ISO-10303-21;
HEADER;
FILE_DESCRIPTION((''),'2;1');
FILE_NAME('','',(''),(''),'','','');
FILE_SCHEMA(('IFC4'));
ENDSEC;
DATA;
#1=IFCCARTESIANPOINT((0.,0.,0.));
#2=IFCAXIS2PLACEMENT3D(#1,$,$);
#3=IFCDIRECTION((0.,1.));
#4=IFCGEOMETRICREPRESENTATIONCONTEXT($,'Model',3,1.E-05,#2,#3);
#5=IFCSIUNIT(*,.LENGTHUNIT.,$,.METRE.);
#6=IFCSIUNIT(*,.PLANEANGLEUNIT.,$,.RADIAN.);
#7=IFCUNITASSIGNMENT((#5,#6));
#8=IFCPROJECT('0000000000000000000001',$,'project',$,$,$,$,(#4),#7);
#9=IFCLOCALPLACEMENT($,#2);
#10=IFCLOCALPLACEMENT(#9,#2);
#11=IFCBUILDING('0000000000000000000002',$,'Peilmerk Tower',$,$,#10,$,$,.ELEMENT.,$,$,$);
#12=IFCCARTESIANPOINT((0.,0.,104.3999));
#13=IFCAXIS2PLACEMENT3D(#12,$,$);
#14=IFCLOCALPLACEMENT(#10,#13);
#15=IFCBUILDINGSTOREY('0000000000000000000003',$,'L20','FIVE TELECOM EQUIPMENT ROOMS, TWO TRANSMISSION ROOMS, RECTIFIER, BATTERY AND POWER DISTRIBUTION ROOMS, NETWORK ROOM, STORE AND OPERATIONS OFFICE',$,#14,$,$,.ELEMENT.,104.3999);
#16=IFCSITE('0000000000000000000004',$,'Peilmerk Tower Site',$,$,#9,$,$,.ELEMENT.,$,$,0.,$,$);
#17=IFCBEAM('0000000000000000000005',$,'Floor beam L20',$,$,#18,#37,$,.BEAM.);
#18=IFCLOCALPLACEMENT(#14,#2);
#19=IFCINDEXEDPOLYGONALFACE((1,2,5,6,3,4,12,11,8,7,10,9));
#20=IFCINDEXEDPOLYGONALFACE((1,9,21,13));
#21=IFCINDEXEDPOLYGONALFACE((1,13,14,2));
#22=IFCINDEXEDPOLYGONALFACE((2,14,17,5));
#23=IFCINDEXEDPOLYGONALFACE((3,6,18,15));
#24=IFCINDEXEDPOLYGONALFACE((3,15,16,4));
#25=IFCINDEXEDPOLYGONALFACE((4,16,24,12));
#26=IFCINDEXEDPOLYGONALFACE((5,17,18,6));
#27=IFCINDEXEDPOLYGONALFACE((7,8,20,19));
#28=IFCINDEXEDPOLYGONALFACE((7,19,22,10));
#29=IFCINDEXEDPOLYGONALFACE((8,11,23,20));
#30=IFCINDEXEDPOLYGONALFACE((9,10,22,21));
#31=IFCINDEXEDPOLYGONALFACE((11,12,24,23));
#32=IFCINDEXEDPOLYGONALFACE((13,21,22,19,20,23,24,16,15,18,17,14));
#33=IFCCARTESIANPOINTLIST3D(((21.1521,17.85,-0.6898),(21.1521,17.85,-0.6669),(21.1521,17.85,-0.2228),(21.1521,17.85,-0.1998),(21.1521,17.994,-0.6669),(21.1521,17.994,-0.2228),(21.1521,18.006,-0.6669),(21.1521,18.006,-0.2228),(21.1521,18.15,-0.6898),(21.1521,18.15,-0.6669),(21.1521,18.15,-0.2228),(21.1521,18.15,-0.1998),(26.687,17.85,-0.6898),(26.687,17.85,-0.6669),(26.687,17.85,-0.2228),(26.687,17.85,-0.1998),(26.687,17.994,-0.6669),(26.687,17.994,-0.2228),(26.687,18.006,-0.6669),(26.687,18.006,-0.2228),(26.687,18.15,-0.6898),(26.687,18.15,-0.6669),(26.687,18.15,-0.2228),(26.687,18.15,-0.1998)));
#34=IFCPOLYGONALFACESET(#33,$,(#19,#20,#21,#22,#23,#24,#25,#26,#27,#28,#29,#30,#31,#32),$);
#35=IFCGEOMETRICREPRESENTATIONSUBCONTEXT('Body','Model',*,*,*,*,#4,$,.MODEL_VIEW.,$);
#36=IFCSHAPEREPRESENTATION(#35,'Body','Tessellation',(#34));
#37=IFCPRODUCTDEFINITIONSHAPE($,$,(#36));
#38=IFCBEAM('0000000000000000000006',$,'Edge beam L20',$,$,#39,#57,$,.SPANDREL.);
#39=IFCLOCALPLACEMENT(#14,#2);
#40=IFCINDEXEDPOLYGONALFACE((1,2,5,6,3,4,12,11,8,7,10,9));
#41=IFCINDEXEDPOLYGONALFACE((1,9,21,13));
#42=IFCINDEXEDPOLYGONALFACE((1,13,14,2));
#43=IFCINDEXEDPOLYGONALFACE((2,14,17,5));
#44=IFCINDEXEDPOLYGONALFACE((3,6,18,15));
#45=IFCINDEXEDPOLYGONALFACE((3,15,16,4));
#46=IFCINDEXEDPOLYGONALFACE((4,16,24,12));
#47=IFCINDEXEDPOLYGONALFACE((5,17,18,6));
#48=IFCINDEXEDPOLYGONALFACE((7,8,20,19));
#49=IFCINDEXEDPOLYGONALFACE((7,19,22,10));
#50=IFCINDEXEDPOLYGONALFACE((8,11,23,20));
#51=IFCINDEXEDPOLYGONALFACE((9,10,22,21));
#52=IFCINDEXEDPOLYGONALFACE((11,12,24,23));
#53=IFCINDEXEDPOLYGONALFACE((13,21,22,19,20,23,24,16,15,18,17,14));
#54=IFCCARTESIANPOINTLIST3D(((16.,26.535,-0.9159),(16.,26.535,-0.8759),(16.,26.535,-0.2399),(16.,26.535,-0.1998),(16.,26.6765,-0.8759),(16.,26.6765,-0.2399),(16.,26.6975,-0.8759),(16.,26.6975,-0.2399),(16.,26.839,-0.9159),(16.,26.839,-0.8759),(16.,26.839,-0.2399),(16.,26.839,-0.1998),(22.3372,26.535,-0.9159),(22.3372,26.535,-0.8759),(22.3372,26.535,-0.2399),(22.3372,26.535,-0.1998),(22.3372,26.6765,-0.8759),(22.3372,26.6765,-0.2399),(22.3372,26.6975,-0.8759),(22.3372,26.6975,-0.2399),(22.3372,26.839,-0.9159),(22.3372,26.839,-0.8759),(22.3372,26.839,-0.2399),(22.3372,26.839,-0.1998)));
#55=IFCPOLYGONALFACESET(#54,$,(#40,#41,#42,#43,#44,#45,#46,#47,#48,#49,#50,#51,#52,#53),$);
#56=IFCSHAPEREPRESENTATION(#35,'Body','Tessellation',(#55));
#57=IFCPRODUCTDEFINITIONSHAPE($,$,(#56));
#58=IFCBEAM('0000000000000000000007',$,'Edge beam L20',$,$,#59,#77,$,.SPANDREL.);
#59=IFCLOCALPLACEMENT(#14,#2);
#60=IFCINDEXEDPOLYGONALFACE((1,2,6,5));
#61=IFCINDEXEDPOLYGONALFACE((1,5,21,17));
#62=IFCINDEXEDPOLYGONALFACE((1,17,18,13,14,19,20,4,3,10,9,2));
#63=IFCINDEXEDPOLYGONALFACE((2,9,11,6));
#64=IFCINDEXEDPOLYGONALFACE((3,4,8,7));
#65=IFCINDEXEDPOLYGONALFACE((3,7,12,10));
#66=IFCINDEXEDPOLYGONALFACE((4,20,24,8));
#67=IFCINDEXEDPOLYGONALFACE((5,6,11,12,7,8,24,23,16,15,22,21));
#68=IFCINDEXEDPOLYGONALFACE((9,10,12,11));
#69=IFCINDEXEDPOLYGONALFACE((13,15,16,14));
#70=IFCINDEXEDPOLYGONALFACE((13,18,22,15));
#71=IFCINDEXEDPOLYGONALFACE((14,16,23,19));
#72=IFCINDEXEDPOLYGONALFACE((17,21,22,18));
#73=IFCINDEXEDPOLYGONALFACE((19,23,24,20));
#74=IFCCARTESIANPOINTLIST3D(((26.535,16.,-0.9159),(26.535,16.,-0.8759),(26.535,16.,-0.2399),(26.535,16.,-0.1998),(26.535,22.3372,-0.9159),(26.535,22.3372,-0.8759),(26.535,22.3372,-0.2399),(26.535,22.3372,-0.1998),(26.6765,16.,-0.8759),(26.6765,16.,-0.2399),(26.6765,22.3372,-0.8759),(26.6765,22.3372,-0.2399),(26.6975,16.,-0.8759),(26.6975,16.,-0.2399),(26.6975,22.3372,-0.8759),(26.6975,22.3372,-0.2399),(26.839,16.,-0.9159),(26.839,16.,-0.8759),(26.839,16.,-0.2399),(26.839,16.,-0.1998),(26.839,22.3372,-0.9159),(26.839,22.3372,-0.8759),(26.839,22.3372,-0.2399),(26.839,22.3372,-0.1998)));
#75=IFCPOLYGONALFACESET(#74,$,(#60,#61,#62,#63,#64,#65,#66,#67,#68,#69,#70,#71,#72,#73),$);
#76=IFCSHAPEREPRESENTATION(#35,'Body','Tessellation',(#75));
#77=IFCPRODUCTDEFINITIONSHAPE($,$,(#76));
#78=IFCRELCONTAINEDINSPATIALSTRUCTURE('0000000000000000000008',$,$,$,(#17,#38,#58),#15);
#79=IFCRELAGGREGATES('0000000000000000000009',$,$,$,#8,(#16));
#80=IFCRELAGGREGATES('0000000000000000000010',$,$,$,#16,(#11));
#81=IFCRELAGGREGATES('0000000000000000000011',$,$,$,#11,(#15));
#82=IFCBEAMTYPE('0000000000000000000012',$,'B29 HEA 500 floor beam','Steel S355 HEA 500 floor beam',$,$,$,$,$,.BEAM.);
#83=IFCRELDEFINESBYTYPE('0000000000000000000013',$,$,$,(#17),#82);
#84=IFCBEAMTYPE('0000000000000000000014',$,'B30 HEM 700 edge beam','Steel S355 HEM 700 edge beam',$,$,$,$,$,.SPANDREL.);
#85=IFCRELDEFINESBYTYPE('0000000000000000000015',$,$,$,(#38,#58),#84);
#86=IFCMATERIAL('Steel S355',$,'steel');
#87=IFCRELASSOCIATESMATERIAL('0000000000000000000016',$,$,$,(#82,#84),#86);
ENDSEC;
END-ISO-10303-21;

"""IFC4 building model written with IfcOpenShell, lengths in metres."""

from ifc_helpers import new_model, si_unit, direction, frame, origin, origin_2d, place, context, subcontext, project, spatial, i_section, extrude, material, material_profile, profile_set, type_object, element, save


model = new_model("IFC4")

# Units and contexts
model_context = context("Model", 3, precision=1e-05, world=origin(), true_north=direction((0.0, 1.0)))
body_context = subcontext(model_context, "Body", "Model", "MODEL_VIEW")
ifc_project = project(units=[si_unit("LENGTHUNIT", "METRE"), si_unit("PLANEANGLEUNIT", "RADIAN")], contexts=[model_context])

# Site, building, storey
site_placement = place(None, origin())
site = spatial("IfcSite", under=ifc_project, at=site_placement, Name="Peilmerk Tower Site", CompositionType="ELEMENT", RefElevation=0.0)
building_placement = place(site_placement, origin())
building = spatial("IfcBuilding", under=site, at=building_placement, Name="Peilmerk Tower", CompositionType="ELEMENT")
storey_placement = place(building_placement, frame((0.0, 0.0, 104.3999)))
storey = spatial("IfcBuildingStorey", under=building, at=storey_placement, Name="L20", Description="FIVE TELECOM EQUIPMENT ROOMS, TWO TRANSMISSION ROOMS, RECTIFIER, BATTERY AND POWER DISTRIBUTION ROOMS, NETWORK ROOM, STORE AND OPERATIONS OFFICE", CompositionType="ELEMENT", Elevation=104.3999)

# Beams
ifc_material_1 = material(Name="Steel S355", Category="steel")
ifc_material_profile_1 = material_profile(ifc_material_1, i_section(OverallWidth=0.3, OverallDepth=0.49, WebThickness=0.012, FlangeThickness=0.0229, at=origin_2d()), Name="HEA 500")
ifc_profile_set_1 = profile_set([ifc_material_profile_1], Name="Steel S355")
beam_type_1 = type_object("IfcBeamType", Name="B29 HEA 500 floor beam", Description="Steel S355 HEA 500 floor beam", PredefinedType="BEAM", material=ifc_profile_set_1)
for number, where, z_axis, x_axis, name in (
    (1, (21.1521, 18.0, -0.4448), (1.0, 0.0, 0.0), (0.0, 1.0, 0.0), "Floor beam L20"),
):
    element("IfcBeam", number, at=place(storey_placement, frame(where, z_axis=z_axis, x_axis=x_axis)), inside=storey, type_object=beam_type_1, Name=name, PredefinedType="BEAM", context=body_context, shape_type="SweptSolid", body=[
        extrude(i_section(OverallWidth=0.3, OverallDepth=0.49, WebThickness=0.012, FlangeThickness=0.0229, at=origin_2d()), origin(), (0.0, 0.0, 1.0), 5.5349),
    ])
ifc_material_profile_2 = material_profile(ifc_material_1, i_section(OverallWidth=0.304, OverallDepth=0.7161, WebThickness=0.021, FlangeThickness=0.04, at=origin_2d()), Name="HEM 700")
ifc_profile_set_2 = profile_set([ifc_material_profile_2], Name="Steel S355")
beam_type_2 = type_object("IfcBeamType", Name="B30 HEM 700 edge beam", Description="Steel S355 HEM 700 edge beam", PredefinedType="SPANDREL", material=ifc_profile_set_2)
for number, where, z_axis, x_axis, name in (
    (2, (22.3372, 26.687, -0.5579), (-1.0, 0.0, 0.0), (0.0, -1.0, 0.0), "Edge beam L20"),
    (3, (26.687, 16.0, -0.5579), (0.0, 1.0, 0.0), (-1.0, 0.0, 0.0), "Edge beam L20"),
):
    element("IfcBeam", number, at=place(storey_placement, frame(where, z_axis=z_axis, x_axis=x_axis)), inside=storey, type_object=beam_type_2, Name=name, PredefinedType="SPANDREL", context=body_context, shape_type="SweptSolid", body=[
        extrude(i_section(OverallWidth=0.304, OverallDepth=0.7161, WebThickness=0.021, FlangeThickness=0.04, at=origin_2d()), origin(), (0.0, 0.0, 1.0), 6.3372),
    ])

save(model, "model.ifc")
